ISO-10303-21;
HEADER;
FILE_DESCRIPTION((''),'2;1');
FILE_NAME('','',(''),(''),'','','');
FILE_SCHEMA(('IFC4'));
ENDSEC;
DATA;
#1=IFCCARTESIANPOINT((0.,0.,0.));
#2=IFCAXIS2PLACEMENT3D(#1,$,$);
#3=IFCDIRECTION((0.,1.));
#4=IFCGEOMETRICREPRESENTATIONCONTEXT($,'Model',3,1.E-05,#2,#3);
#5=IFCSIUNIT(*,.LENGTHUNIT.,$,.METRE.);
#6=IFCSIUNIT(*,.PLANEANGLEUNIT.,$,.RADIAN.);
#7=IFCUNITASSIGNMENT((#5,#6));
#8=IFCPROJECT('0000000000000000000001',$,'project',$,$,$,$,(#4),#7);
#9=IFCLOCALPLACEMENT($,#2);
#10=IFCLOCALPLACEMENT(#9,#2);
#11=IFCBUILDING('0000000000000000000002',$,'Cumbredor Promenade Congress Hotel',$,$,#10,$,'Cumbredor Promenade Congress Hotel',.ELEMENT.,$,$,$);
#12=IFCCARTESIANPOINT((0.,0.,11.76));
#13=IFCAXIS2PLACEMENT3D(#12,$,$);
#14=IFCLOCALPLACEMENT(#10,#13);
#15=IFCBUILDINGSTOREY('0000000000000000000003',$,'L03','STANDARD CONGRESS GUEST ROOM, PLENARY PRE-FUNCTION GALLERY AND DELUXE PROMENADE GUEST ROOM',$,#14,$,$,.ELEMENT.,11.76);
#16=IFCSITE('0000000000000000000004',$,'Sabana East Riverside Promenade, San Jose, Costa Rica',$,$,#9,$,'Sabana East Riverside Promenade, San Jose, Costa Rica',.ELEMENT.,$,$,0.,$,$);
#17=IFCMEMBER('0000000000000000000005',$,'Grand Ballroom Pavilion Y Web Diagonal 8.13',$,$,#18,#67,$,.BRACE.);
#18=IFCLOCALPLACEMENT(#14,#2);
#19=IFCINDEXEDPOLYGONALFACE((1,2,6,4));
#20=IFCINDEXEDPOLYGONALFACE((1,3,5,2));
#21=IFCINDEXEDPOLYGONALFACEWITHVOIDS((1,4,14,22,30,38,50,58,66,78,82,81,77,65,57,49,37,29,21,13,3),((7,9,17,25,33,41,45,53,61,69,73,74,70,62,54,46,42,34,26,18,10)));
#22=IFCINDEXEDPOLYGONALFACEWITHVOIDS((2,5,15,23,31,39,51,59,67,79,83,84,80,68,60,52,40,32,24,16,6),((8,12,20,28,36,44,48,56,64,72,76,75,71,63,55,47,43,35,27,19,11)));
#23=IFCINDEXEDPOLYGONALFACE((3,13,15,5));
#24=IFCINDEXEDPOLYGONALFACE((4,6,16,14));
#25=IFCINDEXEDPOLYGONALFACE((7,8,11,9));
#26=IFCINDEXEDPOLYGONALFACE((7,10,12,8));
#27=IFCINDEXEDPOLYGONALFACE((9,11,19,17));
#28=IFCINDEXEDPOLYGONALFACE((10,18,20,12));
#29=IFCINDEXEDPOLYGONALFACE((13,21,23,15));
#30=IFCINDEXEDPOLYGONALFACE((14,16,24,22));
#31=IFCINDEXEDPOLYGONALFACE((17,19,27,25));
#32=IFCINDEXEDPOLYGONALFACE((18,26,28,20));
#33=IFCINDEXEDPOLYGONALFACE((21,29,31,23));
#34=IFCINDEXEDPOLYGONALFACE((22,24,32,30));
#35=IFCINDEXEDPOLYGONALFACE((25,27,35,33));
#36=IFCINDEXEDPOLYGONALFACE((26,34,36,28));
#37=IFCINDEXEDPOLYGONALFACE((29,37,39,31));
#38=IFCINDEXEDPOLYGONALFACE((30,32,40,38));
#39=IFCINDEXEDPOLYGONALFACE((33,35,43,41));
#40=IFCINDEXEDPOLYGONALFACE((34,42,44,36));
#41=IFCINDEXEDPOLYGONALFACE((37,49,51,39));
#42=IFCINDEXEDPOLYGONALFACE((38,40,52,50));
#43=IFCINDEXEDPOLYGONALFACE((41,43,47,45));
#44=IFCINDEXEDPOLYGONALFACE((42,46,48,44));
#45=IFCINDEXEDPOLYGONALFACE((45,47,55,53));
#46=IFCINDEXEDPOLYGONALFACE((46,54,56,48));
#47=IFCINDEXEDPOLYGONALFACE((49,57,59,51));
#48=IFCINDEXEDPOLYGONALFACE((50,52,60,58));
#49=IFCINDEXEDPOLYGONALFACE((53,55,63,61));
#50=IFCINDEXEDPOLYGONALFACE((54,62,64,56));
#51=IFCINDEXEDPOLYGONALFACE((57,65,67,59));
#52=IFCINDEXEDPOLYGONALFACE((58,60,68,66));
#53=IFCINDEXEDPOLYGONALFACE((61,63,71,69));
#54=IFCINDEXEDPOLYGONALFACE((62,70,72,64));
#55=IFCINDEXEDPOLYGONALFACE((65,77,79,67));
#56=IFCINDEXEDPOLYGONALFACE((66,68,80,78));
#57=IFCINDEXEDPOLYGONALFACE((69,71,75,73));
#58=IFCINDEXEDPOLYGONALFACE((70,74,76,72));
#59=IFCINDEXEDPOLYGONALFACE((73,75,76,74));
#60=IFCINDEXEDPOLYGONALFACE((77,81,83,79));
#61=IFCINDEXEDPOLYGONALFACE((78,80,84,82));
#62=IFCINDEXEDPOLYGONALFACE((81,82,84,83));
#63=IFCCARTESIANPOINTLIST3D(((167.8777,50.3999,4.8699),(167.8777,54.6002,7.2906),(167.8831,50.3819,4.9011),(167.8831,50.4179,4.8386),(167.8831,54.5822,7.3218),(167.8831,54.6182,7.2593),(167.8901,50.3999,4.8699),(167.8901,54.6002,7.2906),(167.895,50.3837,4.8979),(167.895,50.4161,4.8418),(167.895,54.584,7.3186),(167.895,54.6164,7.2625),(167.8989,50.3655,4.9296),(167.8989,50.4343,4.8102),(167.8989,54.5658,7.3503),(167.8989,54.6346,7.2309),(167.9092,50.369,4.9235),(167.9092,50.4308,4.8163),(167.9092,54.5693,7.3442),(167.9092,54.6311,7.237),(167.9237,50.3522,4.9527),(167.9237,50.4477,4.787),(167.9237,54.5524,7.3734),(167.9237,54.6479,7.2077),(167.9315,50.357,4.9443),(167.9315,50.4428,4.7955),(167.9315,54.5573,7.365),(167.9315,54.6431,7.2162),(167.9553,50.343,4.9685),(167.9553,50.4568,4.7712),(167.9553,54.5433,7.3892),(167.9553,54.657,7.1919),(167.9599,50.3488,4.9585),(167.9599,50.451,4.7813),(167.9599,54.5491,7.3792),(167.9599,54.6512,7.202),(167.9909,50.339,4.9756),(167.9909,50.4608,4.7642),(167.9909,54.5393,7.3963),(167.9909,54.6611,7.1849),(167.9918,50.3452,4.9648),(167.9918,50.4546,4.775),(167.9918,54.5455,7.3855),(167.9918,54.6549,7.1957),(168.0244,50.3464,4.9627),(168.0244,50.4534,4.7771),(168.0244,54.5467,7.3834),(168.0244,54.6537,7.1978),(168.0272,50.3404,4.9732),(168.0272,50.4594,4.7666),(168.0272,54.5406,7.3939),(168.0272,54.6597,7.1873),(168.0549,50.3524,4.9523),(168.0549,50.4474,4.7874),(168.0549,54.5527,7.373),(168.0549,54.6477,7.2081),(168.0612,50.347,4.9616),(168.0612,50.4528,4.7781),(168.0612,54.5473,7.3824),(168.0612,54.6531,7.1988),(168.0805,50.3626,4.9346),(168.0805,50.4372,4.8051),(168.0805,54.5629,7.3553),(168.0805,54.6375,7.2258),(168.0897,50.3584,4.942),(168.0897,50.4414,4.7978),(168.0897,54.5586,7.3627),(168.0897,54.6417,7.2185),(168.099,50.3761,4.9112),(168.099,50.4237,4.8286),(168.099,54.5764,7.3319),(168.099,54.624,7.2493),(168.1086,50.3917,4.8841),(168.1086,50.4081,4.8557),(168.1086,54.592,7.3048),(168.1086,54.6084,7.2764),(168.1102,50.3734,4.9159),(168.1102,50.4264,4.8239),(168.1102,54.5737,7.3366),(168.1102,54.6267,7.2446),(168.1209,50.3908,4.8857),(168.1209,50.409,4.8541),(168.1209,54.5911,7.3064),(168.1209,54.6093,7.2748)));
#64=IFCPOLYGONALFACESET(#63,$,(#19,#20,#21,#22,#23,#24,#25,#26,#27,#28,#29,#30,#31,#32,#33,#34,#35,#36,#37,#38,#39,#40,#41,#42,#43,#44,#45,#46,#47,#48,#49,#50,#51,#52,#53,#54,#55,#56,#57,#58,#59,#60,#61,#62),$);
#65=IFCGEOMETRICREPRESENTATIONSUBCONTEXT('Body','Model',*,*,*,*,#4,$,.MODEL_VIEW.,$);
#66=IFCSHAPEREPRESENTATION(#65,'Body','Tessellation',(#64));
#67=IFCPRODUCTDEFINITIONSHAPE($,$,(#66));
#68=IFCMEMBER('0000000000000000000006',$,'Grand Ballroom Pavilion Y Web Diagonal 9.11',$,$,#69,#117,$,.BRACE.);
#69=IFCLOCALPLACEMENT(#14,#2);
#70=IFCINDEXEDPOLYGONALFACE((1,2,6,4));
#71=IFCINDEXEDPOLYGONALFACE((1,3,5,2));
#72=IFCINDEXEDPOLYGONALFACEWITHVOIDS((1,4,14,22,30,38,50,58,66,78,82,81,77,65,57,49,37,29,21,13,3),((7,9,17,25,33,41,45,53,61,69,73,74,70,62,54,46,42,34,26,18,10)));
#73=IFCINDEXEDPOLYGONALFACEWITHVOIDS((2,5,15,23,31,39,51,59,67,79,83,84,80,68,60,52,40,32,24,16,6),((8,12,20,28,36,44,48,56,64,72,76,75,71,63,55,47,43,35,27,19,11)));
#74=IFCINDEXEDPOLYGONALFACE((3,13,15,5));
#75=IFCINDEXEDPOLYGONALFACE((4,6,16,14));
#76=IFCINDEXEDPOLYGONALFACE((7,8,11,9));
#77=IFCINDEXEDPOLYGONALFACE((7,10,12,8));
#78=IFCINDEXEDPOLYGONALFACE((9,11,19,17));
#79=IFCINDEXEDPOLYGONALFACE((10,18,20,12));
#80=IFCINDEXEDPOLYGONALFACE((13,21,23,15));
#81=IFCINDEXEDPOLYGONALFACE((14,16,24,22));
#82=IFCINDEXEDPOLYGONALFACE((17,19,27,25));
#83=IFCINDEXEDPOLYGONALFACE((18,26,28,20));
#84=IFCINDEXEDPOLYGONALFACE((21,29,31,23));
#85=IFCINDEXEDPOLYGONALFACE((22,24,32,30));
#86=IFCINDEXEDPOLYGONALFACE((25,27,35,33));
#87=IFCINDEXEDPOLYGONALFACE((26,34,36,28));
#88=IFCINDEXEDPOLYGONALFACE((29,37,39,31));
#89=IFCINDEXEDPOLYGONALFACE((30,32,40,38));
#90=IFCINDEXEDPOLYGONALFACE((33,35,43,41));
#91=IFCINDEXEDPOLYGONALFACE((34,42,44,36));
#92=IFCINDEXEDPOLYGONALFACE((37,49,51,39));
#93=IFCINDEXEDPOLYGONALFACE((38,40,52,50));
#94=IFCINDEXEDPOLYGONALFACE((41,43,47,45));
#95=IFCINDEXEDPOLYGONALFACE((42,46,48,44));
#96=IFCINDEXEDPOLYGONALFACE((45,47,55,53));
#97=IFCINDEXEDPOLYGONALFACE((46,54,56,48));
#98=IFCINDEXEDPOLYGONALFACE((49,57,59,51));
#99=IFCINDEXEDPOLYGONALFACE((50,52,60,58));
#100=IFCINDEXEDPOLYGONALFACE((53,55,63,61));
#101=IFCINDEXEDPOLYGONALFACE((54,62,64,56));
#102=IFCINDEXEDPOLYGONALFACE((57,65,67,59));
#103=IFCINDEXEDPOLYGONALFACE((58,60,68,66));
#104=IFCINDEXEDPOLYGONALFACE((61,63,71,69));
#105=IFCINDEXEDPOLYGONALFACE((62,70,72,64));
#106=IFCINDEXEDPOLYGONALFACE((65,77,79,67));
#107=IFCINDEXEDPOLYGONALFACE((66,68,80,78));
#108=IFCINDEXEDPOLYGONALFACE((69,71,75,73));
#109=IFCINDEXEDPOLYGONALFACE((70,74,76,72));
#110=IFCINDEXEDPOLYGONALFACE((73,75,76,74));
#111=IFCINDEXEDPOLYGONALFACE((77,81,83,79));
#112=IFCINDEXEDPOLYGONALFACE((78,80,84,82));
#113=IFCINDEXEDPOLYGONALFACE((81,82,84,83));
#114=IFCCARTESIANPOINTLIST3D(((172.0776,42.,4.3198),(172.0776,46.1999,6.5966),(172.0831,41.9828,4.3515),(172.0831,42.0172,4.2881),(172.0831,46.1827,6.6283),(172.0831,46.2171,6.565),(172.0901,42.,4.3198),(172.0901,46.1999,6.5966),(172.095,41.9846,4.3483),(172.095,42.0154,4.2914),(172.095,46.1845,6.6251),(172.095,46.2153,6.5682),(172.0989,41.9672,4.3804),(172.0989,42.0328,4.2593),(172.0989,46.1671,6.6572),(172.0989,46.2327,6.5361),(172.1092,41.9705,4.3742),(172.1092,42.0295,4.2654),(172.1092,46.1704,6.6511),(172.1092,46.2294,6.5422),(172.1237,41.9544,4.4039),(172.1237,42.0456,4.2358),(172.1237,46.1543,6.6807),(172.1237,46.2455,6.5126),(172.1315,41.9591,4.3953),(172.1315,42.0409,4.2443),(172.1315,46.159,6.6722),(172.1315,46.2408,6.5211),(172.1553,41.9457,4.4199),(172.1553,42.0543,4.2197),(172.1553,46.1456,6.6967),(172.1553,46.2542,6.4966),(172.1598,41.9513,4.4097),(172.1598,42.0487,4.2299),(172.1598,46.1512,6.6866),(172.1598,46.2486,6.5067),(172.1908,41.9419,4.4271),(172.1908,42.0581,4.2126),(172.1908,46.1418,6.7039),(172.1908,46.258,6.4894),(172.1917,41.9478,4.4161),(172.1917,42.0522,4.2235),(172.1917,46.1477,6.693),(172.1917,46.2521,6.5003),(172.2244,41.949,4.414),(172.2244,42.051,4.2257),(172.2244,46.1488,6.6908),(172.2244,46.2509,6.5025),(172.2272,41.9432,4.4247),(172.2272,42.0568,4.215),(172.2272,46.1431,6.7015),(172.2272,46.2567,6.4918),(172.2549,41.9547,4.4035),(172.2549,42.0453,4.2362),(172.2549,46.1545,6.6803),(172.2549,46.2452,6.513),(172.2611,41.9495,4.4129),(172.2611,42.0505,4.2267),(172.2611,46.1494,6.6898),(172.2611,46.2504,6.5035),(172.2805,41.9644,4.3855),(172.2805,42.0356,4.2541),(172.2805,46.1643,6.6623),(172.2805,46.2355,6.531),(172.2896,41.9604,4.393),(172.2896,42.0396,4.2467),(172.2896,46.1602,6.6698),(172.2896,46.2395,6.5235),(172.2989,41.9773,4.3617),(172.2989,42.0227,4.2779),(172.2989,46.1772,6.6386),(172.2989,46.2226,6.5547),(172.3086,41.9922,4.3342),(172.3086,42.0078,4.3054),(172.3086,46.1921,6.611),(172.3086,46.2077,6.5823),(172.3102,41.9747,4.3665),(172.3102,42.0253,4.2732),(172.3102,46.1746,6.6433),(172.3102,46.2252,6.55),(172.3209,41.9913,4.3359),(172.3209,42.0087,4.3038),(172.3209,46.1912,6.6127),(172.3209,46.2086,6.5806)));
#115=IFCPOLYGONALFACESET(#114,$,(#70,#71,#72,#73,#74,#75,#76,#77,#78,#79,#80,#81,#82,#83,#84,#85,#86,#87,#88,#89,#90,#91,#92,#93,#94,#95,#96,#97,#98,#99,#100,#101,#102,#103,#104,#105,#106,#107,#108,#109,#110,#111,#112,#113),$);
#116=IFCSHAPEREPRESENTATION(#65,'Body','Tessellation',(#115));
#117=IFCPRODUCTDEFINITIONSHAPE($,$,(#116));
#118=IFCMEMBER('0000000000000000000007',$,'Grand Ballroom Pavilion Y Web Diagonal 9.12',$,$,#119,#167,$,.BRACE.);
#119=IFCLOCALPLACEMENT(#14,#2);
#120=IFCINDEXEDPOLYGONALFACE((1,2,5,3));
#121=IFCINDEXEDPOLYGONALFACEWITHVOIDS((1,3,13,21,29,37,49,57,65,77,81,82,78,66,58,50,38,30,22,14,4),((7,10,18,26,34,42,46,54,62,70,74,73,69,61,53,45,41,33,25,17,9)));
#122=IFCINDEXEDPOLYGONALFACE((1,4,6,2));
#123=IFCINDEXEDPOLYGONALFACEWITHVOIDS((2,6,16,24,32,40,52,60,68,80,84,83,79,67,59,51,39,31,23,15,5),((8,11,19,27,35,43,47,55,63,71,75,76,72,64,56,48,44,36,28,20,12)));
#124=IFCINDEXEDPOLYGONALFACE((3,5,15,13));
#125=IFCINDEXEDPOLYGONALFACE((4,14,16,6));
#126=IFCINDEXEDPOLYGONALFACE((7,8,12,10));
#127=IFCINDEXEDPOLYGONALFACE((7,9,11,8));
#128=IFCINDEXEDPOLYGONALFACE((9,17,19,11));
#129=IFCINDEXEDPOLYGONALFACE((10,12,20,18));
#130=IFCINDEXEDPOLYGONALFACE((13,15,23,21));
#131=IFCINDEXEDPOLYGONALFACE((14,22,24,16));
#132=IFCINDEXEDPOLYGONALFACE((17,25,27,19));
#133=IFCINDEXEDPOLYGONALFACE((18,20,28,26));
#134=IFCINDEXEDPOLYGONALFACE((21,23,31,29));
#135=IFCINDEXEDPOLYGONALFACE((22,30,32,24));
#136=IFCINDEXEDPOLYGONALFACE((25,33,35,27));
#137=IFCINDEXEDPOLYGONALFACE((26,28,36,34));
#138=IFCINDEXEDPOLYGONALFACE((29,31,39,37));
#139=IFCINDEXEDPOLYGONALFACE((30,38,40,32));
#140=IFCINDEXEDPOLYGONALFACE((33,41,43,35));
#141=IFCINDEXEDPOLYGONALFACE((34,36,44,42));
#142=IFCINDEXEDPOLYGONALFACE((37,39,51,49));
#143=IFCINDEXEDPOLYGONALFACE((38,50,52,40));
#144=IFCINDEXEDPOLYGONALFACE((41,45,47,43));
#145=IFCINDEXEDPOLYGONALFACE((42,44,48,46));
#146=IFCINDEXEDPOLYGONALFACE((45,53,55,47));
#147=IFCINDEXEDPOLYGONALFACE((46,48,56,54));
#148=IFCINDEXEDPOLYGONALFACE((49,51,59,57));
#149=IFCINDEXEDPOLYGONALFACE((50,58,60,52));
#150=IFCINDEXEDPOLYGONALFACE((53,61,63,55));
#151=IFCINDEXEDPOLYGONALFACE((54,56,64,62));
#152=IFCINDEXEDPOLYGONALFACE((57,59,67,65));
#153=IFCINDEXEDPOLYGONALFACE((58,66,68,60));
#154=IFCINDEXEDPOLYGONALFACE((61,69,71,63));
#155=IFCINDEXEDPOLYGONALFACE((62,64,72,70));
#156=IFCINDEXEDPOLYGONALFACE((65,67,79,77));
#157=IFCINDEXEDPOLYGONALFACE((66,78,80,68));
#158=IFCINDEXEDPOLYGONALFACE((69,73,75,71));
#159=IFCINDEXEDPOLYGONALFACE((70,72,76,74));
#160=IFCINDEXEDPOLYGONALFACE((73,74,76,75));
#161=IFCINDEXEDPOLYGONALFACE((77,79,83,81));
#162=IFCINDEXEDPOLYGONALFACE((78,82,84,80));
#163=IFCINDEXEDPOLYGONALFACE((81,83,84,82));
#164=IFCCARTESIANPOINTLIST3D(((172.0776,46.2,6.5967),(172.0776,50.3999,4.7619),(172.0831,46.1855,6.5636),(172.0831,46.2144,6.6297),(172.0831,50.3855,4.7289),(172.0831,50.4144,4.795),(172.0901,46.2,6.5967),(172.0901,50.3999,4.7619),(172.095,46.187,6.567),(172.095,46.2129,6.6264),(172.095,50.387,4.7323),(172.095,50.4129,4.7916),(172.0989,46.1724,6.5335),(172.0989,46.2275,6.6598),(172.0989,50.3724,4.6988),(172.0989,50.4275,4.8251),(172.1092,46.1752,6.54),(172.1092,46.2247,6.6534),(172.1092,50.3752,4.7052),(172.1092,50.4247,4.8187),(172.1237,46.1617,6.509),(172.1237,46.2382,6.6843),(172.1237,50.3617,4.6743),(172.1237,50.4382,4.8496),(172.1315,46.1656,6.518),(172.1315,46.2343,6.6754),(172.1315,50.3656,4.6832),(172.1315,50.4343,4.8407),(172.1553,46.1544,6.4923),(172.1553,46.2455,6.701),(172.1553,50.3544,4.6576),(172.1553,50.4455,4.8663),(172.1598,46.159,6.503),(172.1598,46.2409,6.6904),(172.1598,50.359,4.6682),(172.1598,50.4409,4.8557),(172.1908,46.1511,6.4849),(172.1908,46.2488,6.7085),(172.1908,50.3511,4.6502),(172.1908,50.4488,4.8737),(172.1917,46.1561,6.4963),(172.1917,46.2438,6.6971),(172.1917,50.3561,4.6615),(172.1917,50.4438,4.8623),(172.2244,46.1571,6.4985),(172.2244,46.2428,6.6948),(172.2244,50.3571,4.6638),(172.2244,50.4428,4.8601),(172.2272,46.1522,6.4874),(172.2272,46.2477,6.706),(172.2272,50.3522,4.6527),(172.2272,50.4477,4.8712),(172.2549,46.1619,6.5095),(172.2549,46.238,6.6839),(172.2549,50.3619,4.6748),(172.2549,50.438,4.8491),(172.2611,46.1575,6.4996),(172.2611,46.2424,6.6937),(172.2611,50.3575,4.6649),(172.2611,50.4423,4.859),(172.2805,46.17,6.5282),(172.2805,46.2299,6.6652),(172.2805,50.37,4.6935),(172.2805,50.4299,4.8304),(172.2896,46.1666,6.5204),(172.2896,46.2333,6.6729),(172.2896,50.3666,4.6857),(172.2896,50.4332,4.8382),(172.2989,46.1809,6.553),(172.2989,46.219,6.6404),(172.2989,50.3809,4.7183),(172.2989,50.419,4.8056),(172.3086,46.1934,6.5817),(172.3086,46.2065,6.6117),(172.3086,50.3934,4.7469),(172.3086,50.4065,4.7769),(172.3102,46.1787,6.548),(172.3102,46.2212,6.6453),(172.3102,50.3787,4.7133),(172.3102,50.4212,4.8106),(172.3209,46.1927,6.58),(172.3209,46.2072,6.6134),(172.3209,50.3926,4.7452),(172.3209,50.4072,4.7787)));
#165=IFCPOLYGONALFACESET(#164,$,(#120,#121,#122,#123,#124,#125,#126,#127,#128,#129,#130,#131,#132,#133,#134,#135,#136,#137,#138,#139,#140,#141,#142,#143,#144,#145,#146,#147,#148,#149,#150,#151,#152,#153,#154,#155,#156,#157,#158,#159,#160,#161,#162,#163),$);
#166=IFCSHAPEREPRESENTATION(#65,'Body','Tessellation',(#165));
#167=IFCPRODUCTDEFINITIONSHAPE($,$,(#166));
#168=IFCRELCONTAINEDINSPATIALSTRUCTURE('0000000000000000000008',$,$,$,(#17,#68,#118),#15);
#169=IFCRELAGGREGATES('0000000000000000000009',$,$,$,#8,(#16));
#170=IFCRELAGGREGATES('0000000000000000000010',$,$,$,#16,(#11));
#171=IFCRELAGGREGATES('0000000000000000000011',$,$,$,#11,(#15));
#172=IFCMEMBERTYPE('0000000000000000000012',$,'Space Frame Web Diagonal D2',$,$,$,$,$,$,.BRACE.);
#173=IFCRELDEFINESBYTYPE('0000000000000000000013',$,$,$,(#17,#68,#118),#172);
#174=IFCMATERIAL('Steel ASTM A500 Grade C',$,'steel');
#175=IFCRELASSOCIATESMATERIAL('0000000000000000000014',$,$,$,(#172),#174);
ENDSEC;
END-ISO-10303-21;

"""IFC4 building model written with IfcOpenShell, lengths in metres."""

from ifc_helpers import new_model, si_unit, direction, frame, origin, origin_2d, place, context, subcontext, project, spatial, hollow_circle, extrude, material, material_profile, profile_set, type_object, element, save


model = new_model("IFC4")

# Units and contexts
model_context = context("Model", 3, precision=1e-05, world=origin(), true_north=direction((0.0, 1.0)))
body_context = subcontext(model_context, "Body", "Model", "MODEL_VIEW")
ifc_project = project(units=[si_unit("LENGTHUNIT", "METRE"), si_unit("PLANEANGLEUNIT", "RADIAN")], contexts=[model_context])

# Site, building, storey
site_placement = place(None, origin())
site = spatial("IfcSite", under=ifc_project, at=site_placement, Name="Sabana East Riverside Promenade, San Jose, Costa Rica", LongName="Sabana East Riverside Promenade, San Jose, Costa Rica", CompositionType="ELEMENT", RefElevation=0.0)
building_placement = place(site_placement, origin())
building = spatial("IfcBuilding", under=site, at=building_placement, Name="Cumbredor Promenade Congress Hotel", LongName="Cumbredor Promenade Congress Hotel", CompositionType="ELEMENT")
storey_placement = place(building_placement, frame((0.0, 0.0, 11.76)))
storey = spatial("IfcBuildingStorey", under=building, at=storey_placement, Name="L03", Description="STANDARD CONGRESS GUEST ROOM, PLENARY PRE-FUNCTION GALLERY AND DELUXE PROMENADE GUEST ROOM", CompositionType="ELEMENT", Elevation=11.76)

# Members
ifc_material_1 = material(Name="Steel ASTM A500 Grade C", Category="steel")
ifc_material_profile_1 = material_profile(ifc_material_1, hollow_circle(Radius=0.1223, WallThickness=0.0125, at=origin_2d()), Name="CHS 244.5x12.5")
ifc_profile_set_1 = profile_set([ifc_material_profile_1], Name="Steel ASTM A500 Grade C")
member_type_1 = type_object("IfcMemberType", Name="Space Frame Web Diagonal D2", PredefinedType="BRACE", material=ifc_profile_set_1)
member_1_placement = place(storey_placement, frame((168.0, 50.3999, 4.8699), z_axis=(0.0, 0.866412, 0.49933), x_axis=(-1.0, 0.0, 0.0)))
element("IfcMember", 1, at=member_1_placement, inside=storey, type_object=member_type_1, Name="Grand Ballroom Pavilion Y Web Diagonal 8.13", PredefinedType="BRACE", context=body_context, shape_type="SweptSolid", body=[
    extrude(hollow_circle(Radius=0.1223, WallThickness=0.0125, at=origin_2d()), origin(), (0.0, 0.0, 1.0), 4.8479),
])
member_2_placement = place(storey_placement, frame((172.2, 42.0, 4.3198), z_axis=(0.0, 0.879127, 0.476588), x_axis=(-1.0, 0.0, 0.0)))
element("IfcMember", 2, at=member_2_placement, inside=storey, type_object=member_type_1, Name="Grand Ballroom Pavilion Y Web Diagonal 9.11", PredefinedType="BRACE", context=body_context, shape_type="SweptSolid", body=[
    extrude(hollow_circle(Radius=0.1223, WallThickness=0.0125, at=origin_2d()), origin(), (0.0, 0.0, 1.0), 4.7773),
])
member_3_placement = place(storey_placement, frame((172.2, 46.2, 6.5967), z_axis=(0.0, 0.916378, -0.400313), x_axis=(-1.0, 0.0, 0.0)))
element("IfcMember", 3, at=member_3_placement, inside=storey, type_object=member_type_1, Name="Grand Ballroom Pavilion Y Web Diagonal 9.12", PredefinedType="BRACE", context=body_context, shape_type="SweptSolid", body=[
    extrude(hollow_circle(Radius=0.1223, WallThickness=0.0125, at=origin_2d()), origin(), (0.0, 0.0, 1.0), 4.5833),
])

save(model, "model.ifc")
